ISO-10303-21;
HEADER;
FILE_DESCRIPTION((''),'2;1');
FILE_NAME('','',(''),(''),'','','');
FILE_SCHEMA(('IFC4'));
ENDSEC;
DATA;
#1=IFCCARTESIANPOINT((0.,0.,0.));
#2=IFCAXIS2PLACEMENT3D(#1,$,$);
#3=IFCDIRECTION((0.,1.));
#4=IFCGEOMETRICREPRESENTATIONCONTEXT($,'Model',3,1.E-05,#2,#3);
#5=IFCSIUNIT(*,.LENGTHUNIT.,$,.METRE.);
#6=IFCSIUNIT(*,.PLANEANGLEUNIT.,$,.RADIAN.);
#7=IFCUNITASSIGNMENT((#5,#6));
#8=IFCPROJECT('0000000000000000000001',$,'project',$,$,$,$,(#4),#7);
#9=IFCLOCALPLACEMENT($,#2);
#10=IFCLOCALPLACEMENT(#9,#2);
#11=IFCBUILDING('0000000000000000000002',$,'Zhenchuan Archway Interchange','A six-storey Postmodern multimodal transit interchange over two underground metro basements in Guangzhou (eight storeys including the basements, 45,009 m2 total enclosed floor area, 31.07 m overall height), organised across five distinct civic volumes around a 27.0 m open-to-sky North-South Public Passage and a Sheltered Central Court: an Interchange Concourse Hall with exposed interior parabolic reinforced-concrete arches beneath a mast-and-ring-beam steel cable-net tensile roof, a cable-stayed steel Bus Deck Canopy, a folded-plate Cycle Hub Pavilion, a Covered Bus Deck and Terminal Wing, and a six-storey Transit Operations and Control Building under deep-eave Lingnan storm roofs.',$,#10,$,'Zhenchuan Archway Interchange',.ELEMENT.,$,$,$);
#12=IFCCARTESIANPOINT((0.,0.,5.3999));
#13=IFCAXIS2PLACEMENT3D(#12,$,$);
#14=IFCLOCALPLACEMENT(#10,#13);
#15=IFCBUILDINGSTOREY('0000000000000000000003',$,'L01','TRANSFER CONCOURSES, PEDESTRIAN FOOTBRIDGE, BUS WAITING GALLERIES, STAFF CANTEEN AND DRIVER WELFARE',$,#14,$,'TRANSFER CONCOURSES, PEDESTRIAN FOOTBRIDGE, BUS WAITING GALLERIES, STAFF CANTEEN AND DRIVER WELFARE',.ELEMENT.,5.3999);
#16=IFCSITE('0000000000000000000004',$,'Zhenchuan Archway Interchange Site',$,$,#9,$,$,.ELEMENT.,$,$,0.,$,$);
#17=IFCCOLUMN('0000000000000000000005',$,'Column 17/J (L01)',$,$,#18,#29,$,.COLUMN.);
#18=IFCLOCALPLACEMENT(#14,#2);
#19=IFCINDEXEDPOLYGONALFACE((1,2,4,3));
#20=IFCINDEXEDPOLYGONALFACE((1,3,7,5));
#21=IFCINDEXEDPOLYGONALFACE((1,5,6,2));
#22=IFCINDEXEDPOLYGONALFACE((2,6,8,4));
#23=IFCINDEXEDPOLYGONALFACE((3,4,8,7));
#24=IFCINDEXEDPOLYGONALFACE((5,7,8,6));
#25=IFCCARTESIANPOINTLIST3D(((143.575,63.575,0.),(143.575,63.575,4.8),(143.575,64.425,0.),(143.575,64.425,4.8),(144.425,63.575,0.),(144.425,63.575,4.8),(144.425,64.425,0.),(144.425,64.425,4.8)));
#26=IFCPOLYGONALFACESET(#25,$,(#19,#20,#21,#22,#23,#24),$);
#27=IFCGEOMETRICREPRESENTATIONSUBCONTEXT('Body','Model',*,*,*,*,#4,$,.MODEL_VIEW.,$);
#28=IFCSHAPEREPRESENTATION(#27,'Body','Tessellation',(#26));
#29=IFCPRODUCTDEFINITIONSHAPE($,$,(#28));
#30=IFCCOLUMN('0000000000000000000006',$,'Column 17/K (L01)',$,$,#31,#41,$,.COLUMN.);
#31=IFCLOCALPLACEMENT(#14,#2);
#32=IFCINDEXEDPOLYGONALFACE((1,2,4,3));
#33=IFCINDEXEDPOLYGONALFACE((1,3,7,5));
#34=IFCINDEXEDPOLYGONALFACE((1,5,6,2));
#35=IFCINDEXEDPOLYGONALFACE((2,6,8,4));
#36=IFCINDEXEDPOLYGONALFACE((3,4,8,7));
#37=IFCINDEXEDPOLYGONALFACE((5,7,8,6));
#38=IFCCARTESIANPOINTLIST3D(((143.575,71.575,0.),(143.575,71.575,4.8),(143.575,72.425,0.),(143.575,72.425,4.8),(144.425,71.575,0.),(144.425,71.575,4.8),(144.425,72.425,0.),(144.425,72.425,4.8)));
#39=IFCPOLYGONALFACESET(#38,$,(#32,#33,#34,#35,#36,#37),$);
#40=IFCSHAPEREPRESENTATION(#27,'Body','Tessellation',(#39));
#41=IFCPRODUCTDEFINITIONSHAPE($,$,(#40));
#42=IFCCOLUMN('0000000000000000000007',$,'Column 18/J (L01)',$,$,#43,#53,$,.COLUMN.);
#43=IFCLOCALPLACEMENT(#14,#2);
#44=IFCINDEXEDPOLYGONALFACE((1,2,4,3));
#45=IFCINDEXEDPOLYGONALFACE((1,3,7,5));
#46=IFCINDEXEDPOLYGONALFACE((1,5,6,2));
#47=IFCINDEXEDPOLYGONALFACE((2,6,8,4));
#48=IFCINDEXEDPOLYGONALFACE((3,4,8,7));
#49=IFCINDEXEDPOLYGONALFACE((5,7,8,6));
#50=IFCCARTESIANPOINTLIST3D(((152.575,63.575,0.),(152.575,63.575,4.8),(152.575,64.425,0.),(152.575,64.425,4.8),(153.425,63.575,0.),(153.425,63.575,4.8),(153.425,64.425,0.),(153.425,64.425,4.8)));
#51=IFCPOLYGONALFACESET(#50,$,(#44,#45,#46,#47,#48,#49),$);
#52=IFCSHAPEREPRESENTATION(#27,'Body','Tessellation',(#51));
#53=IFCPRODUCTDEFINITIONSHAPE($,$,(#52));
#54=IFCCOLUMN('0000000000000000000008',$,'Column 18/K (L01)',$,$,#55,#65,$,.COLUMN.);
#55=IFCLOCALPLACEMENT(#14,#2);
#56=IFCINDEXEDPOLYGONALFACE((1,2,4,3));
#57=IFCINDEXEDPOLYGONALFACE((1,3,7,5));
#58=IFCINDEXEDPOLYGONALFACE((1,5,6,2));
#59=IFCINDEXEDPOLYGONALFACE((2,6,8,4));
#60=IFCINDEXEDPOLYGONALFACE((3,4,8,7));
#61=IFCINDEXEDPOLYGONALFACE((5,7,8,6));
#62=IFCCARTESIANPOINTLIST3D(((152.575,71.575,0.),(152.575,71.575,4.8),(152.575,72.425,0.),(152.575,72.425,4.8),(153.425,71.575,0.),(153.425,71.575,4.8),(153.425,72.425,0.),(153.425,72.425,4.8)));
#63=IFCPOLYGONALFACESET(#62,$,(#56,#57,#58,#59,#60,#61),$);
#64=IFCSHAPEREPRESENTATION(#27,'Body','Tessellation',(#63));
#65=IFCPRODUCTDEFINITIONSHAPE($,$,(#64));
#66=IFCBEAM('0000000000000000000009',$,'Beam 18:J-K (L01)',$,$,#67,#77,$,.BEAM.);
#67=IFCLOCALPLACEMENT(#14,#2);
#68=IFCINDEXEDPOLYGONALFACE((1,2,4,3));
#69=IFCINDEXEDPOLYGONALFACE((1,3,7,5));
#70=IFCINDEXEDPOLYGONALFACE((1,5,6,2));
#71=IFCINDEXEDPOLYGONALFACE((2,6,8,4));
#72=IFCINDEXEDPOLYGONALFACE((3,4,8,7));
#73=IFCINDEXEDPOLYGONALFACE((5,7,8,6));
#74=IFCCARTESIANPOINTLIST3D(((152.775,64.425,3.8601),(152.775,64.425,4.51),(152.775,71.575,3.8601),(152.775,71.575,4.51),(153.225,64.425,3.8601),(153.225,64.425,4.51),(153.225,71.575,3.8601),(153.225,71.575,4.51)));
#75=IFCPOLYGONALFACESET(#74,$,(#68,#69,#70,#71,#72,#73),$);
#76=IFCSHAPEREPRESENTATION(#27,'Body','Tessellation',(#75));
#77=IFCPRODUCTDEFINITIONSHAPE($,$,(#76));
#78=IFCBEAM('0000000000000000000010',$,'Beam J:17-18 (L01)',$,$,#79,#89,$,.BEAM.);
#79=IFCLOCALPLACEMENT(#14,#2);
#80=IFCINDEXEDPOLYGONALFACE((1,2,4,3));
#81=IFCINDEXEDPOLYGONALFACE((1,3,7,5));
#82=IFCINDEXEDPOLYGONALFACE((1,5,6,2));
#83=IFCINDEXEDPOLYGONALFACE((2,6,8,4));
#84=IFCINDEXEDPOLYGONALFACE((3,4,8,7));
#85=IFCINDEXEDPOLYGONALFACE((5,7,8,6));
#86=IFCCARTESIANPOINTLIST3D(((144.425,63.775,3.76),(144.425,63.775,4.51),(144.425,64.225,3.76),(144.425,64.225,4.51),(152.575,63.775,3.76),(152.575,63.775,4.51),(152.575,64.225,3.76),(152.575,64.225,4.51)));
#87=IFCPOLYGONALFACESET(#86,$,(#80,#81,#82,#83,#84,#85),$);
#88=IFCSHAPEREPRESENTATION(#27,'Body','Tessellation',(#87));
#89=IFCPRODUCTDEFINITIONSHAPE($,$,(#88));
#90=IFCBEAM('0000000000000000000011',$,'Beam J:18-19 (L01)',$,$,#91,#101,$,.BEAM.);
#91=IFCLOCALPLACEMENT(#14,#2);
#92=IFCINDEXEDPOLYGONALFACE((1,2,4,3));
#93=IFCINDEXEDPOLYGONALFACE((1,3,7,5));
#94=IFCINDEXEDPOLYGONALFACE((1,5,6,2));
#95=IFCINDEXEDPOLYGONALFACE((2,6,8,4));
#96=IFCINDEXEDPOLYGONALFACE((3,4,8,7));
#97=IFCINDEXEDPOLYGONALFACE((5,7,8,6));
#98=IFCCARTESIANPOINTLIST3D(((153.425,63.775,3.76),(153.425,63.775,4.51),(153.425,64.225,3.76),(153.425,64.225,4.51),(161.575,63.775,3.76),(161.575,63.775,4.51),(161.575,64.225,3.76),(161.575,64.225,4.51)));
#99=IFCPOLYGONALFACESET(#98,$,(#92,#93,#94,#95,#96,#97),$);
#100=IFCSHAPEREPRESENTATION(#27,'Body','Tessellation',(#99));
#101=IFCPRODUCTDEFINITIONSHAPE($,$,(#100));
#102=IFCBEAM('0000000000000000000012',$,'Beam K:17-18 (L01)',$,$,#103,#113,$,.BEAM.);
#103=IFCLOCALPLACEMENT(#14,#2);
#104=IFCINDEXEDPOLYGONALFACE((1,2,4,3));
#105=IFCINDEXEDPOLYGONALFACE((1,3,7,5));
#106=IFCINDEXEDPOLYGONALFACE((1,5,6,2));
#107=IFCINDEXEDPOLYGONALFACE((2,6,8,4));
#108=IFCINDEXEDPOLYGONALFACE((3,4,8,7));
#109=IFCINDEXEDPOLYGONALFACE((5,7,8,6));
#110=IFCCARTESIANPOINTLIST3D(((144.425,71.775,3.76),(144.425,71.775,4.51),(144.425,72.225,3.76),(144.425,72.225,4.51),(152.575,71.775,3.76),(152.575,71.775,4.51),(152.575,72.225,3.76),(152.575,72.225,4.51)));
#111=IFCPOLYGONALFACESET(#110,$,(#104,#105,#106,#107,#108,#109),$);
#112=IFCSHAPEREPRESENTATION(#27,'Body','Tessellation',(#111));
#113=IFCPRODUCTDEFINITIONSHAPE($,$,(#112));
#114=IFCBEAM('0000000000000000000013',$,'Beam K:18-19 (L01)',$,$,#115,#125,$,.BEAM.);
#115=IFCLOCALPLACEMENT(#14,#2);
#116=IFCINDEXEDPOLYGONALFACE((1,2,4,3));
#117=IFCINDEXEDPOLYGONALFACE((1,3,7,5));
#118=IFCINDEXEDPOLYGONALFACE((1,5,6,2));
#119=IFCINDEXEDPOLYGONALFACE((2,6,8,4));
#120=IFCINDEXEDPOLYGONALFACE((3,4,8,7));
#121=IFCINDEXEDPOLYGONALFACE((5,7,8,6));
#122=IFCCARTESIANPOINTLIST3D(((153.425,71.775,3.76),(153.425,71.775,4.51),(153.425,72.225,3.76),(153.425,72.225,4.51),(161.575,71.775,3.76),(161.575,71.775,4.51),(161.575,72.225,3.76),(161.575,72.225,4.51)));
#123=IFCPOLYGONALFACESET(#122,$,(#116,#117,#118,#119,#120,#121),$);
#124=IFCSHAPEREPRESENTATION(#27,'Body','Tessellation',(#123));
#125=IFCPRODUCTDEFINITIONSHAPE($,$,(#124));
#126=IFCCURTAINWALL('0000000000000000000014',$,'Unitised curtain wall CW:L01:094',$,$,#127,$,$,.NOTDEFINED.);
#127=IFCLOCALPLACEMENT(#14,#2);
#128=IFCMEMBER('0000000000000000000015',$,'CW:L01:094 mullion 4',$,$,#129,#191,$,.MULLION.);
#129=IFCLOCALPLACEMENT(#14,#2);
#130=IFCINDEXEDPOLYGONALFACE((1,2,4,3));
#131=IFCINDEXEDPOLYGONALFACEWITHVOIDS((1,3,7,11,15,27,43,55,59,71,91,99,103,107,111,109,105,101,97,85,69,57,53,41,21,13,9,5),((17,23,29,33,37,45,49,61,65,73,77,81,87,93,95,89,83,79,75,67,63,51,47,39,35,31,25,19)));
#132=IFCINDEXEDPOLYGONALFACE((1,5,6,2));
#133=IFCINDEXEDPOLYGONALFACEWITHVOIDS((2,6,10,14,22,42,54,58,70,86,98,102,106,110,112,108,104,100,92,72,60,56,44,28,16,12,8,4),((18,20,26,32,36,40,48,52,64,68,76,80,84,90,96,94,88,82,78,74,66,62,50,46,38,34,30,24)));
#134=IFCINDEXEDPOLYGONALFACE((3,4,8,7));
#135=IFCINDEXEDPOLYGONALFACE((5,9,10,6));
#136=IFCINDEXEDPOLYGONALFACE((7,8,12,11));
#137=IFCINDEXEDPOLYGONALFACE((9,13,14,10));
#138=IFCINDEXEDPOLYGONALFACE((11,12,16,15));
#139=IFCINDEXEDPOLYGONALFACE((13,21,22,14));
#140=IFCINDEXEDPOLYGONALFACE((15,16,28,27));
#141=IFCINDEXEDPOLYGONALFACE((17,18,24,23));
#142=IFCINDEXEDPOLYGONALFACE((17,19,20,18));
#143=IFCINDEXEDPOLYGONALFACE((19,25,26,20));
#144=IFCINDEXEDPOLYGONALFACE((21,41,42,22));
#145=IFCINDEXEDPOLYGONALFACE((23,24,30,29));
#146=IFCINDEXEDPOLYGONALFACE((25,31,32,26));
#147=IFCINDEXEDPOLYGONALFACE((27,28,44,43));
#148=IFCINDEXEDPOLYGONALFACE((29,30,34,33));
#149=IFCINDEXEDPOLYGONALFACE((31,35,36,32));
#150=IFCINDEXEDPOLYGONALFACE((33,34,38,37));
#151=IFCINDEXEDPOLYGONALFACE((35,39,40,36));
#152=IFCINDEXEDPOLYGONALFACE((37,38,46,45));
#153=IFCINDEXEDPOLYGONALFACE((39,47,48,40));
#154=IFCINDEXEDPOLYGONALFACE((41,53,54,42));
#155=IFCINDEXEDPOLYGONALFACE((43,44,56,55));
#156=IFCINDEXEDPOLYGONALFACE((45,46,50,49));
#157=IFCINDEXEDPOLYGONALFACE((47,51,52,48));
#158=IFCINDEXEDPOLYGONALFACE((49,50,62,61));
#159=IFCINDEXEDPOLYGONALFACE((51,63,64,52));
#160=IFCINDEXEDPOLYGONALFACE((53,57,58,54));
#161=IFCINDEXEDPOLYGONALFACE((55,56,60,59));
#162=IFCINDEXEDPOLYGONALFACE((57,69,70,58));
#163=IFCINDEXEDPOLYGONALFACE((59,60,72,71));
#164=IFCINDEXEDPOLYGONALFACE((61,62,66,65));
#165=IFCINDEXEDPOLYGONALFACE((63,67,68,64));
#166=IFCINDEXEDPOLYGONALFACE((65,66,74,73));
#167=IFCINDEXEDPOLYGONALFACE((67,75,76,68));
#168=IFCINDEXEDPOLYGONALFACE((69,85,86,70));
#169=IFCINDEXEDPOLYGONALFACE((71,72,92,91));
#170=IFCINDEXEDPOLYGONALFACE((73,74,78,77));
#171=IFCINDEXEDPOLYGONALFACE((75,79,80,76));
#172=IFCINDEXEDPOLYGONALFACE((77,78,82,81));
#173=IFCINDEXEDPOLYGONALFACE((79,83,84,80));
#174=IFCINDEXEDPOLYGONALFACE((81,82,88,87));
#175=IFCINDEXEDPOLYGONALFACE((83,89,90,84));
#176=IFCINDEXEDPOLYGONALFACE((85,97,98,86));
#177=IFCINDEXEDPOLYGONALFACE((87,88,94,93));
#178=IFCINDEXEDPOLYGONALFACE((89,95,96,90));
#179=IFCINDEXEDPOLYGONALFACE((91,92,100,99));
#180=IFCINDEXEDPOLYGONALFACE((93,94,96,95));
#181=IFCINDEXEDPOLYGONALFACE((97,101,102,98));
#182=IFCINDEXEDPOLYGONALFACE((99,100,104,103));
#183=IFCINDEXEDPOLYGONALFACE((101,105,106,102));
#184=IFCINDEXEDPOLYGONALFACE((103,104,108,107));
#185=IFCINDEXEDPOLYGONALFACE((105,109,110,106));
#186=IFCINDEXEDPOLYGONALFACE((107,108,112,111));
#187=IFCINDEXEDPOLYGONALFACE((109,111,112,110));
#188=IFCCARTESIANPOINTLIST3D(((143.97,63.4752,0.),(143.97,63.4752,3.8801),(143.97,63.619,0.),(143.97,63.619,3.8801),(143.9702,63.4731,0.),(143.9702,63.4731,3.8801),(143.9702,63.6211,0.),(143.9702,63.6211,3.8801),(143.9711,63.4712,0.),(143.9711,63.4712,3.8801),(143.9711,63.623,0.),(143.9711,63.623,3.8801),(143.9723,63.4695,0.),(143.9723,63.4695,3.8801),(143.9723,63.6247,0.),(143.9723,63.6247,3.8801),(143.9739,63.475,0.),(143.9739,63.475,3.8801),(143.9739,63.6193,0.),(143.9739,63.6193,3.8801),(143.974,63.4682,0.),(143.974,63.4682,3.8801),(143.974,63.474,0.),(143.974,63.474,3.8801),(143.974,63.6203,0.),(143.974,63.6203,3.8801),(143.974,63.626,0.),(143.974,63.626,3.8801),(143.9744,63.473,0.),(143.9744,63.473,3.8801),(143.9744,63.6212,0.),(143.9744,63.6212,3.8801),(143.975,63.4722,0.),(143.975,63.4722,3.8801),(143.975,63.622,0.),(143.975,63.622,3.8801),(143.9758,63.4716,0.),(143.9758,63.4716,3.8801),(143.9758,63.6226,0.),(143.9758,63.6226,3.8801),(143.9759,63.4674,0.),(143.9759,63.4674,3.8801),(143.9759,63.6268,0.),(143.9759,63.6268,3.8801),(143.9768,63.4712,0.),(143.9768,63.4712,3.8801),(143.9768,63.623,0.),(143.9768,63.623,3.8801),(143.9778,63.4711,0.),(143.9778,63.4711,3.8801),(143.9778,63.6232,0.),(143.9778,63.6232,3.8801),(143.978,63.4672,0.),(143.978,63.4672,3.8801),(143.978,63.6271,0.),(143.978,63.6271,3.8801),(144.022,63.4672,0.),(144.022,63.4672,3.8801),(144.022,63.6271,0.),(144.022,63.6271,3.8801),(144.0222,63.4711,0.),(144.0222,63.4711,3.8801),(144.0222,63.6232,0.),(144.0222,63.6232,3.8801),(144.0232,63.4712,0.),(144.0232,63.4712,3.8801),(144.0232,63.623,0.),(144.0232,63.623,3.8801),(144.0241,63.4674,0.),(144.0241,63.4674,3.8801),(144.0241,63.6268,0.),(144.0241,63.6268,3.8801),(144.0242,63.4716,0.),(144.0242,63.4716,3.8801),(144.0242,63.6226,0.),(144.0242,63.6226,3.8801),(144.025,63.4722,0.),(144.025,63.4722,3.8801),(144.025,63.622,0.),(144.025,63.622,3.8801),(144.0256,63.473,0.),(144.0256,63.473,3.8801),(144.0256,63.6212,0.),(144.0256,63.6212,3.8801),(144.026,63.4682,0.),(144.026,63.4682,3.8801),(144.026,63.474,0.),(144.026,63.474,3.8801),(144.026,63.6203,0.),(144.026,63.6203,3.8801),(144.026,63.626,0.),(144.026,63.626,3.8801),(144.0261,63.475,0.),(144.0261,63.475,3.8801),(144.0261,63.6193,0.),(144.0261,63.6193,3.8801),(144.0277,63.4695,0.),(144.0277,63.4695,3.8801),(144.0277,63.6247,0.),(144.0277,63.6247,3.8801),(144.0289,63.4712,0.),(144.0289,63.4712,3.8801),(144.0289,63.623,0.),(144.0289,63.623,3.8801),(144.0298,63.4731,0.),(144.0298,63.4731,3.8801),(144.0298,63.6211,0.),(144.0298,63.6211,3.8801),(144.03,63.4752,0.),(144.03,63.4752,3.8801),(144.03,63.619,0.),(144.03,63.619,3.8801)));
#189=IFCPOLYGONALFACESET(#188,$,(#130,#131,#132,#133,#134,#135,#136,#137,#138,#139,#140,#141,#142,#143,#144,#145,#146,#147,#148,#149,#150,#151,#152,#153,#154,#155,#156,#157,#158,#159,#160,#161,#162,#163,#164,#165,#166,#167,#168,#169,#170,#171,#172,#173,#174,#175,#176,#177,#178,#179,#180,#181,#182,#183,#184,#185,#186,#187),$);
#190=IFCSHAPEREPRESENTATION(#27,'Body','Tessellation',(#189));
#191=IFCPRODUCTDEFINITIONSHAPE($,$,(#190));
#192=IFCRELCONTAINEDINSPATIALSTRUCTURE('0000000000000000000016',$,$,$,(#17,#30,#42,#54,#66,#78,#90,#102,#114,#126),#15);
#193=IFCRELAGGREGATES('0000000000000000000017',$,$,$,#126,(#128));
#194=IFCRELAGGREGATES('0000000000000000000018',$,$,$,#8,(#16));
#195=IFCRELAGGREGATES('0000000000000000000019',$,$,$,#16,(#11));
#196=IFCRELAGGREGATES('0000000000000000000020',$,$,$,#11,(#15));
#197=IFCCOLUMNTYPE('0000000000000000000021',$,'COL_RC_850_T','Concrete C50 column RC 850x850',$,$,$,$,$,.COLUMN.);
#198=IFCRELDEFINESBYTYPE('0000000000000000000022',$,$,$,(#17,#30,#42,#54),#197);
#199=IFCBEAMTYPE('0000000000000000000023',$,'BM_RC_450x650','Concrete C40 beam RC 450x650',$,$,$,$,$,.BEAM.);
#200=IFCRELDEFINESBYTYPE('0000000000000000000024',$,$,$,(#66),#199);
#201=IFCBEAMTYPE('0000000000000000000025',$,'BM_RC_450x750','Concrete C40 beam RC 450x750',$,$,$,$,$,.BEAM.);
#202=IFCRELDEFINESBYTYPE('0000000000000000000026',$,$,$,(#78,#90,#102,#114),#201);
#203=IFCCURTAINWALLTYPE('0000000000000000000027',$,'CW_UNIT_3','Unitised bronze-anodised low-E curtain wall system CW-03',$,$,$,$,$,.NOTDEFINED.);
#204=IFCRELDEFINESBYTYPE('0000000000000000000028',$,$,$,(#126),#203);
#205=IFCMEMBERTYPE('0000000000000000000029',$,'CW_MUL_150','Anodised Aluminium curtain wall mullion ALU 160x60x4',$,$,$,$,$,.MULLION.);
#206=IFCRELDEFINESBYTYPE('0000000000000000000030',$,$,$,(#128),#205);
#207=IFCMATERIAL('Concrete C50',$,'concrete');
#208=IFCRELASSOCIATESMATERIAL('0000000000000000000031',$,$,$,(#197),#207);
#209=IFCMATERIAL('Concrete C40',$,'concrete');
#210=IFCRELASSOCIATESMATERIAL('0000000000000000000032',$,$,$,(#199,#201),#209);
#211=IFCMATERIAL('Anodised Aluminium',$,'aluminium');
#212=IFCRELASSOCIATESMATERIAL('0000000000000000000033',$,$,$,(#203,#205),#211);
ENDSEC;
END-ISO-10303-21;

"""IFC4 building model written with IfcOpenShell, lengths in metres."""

from ifc_helpers import new_model, si_unit, direction, frame, origin, origin_2d, place, context, subcontext, project, spatial, rectangle, hollow_rectangle, extrude, material, material_profile, profile_set, type_object, element, aggregate, save


model = new_model("IFC4")

# Units and contexts
model_context = context("Model", 3, precision=1e-05, world=origin(), true_north=direction((0.0, 1.0)))
body_context = subcontext(model_context, "Body", "Model", "MODEL_VIEW")
ifc_project = project(units=[si_unit("LENGTHUNIT", "METRE"), si_unit("PLANEANGLEUNIT", "RADIAN")], contexts=[model_context])

# Site, building, storey
site_placement = place(None, origin())
site = spatial("IfcSite", under=ifc_project, at=site_placement, Name="Zhenchuan Archway Interchange Site", CompositionType="ELEMENT", RefElevation=0.0)
building_placement = place(site_placement, origin())
building = spatial("IfcBuilding", under=site, at=building_placement, Name="Zhenchuan Archway Interchange", Description="A six-storey Postmodern multimodal transit interchange over two underground metro basements in Guangzhou (eight storeys including the basements, 45,009 m2 total enclosed floor area, 31.07 m overall height), organised across five distinct civic volumes around a 27.0 m open-to-sky North-South Public Passage and a Sheltered Central Court: an Interchange Concourse Hall with exposed interior parabolic reinforced-concrete arches beneath a mast-and-ring-beam steel cable-net tensile roof, a cable-stayed steel Bus Deck Canopy, a folded-plate Cycle Hub Pavilion, a Covered Bus Deck and Terminal Wing, and a six-storey Transit Operations and Control Building under deep-eave Lingnan storm roofs.", LongName="Zhenchuan Archway Interchange", CompositionType="ELEMENT")
storey_placement = place(building_placement, frame((0.0, 0.0, 5.3999)))
storey = spatial("IfcBuildingStorey", under=building, at=storey_placement, Name="L01", Description="TRANSFER CONCOURSES, PEDESTRIAN FOOTBRIDGE, BUS WAITING GALLERIES, STAFF CANTEEN AND DRIVER WELFARE", LongName="TRANSFER CONCOURSES, PEDESTRIAN FOOTBRIDGE, BUS WAITING GALLERIES, STAFF CANTEEN AND DRIVER WELFARE", CompositionType="ELEMENT", Elevation=5.3999)

# Columns
ifc_material_1 = material(Name="Concrete C50", Category="concrete")
ifc_material_profile_1 = material_profile(ifc_material_1, rectangle(XDim=0.8501, YDim=0.8501, at=origin_2d()), Name="RC 850x850")
ifc_profile_set_1 = profile_set([ifc_material_profile_1], Name="Concrete C50")
column_type = type_object("IfcColumnType", Name="COL_RC_850_T", Description="Concrete C50 column RC 850x850", PredefinedType="COLUMN", material=ifc_profile_set_1)
for number, where, z_axis, x_axis, name in (
    (1, (144.0, 64.0, 0.0), (0.0, 0.0, 1.0), (1.0, 0.0, 0.0), "Column 17/J (L01)"),
    (2, (144.0, 72.0, 0.0), (0.0, 0.0, 1.0), (1.0, 0.0, 0.0), "Column 17/K (L01)"),
    (3, (153.0, 64.0, 0.0), (0.0, 0.0, 1.0), (1.0, 0.0, 0.0), "Column 18/J (L01)"),
    (4, (153.0, 72.0, 0.0), (0.0, 0.0, 1.0), (1.0, 0.0, 0.0), "Column 18/K (L01)"),
):
    element("IfcColumn", number, at=place(storey_placement, frame(where, z_axis=z_axis, x_axis=x_axis)), inside=storey, type_object=column_type, Name=name, PredefinedType="COLUMN", context=body_context, shape_type="SweptSolid", body=[
        extrude(rectangle(XDim=0.8501, YDim=0.8501, at=origin_2d()), origin(), (0.0, 0.0, 1.0), 4.8),
    ])

# Beams
ifc_material_2 = material(Name="Concrete C40", Category="concrete")
ifc_material_profile_2 = material_profile(ifc_material_2, rectangle(XDim=0.45, YDim=0.6499, at=origin_2d()), Name="RC 450x650")
ifc_profile_set_2 = profile_set([ifc_material_profile_2], Name="Concrete C40")
beam_type_1 = type_object("IfcBeamType", Name="BM_RC_450x650", Description="Concrete C40 beam RC 450x650", PredefinedType="BEAM", material=ifc_profile_set_2)
beam_placement = place(storey_placement, frame((153.0, 64.425, 4.1851), z_axis=(0.0, 1.0, 0.0), x_axis=(-1.0, 0.0, 0.0)))
element("IfcBeam", 5, at=beam_placement, inside=storey, type_object=beam_type_1, Name="Beam 18:J-K (L01)", PredefinedType="BEAM", context=body_context, shape_type="SweptSolid", body=[
    extrude(rectangle(XDim=0.45, YDim=0.6499, at=origin_2d()), origin(), (0.0, 0.0, 1.0), 7.1499),
])
ifc_material_profile_3 = material_profile(ifc_material_2, rectangle(XDim=0.45, YDim=0.75, at=origin_2d()), Name="RC 450x750")
ifc_profile_set_3 = profile_set([ifc_material_profile_3], Name="Concrete C40")
beam_type_2 = type_object("IfcBeamType", Name="BM_RC_450x750", Description="Concrete C40 beam RC 450x750", PredefinedType="BEAM", material=ifc_profile_set_3)
for number, where, z_axis, x_axis, name in (
    (6, (144.425, 64.0, 4.135), (1.0, 0.0, 0.0), (0.0, 1.0, 0.0), "Beam J:17-18 (L01)"),
    (7, (153.425, 64.0, 4.135), (1.0, 0.0, 0.0), (0.0, 1.0, 0.0), "Beam J:18-19 (L01)"),
    (8, (144.425, 72.0, 4.135), (1.0, 0.0, 0.0), (0.0, 1.0, 0.0), "Beam K:17-18 (L01)"),
    (9, (153.425, 72.0, 4.135), (1.0, 0.0, 0.0), (0.0, 1.0, 0.0), "Beam K:18-19 (L01)"),
):
    element("IfcBeam", number, at=place(storey_placement, frame(where, z_axis=z_axis, x_axis=x_axis)), inside=storey, type_object=beam_type_2, Name=name, PredefinedType="BEAM", context=body_context, shape_type="SweptSolid", body=[
        extrude(rectangle(XDim=0.45, YDim=0.75, at=origin_2d()), origin(), (0.0, 0.0, 1.0), 8.1499),
    ])

# Curtain wall, member
ifc_material_3 = material(Name="Anodised Aluminium", Category="aluminium")
curtain_wall_type = type_object("IfcCurtainWallType", Name="CW_UNIT_3", Description="Unitised bronze-anodised low-E curtain wall system CW-03", PredefinedType="NOTDEFINED", material=ifc_material_3)
curtain_wall_placement = place(storey_placement, origin())
curtain_wall = element("IfcCurtainWall", 10, at=curtain_wall_placement, inside=storey, type_object=curtain_wall_type, Name="Unitised curtain wall CW:L01:094", PredefinedType="NOTDEFINED")
ifc_material_profile_4 = material_profile(ifc_material_3, hollow_rectangle(XDim=0.0601, YDim=0.1599, WallThickness=0.0039, InnerFilletRadius=0.0039, OuterFilletRadius=0.0081, at=origin_2d()), Name="ALU 160x60x4")
ifc_profile_set_4 = profile_set([ifc_material_profile_4], Name="Anodised Aluminium")
member_type_1 = type_object("IfcMemberType", Name="CW_MUL_150", Description="Anodised Aluminium curtain wall mullion ALU 160x60x4", PredefinedType="MULLION", material=ifc_profile_set_4)
member_1_placement = place(storey_placement, frame((144.0, 63.5471, 0.0), z_axis=(0.0, 0.0, 1.0), x_axis=(1.0, 0.0, 0.0)))
member_1 = element("IfcMember", 11, at=member_1_placement, type_object=member_type_1, Name="CW:L01:094 mullion 4", PredefinedType="MULLION", context=body_context, shape_type="SweptSolid", body=[
    extrude(hollow_rectangle(XDim=0.0601, YDim=0.1599, WallThickness=0.0039, InnerFilletRadius=0.0039, OuterFilletRadius=0.0081, at=origin_2d()), origin(), (0.0, 0.0, 1.0), 3.8801),
])

aggregate(curtain_wall, [member_1])

save(model, "model.ifc")
